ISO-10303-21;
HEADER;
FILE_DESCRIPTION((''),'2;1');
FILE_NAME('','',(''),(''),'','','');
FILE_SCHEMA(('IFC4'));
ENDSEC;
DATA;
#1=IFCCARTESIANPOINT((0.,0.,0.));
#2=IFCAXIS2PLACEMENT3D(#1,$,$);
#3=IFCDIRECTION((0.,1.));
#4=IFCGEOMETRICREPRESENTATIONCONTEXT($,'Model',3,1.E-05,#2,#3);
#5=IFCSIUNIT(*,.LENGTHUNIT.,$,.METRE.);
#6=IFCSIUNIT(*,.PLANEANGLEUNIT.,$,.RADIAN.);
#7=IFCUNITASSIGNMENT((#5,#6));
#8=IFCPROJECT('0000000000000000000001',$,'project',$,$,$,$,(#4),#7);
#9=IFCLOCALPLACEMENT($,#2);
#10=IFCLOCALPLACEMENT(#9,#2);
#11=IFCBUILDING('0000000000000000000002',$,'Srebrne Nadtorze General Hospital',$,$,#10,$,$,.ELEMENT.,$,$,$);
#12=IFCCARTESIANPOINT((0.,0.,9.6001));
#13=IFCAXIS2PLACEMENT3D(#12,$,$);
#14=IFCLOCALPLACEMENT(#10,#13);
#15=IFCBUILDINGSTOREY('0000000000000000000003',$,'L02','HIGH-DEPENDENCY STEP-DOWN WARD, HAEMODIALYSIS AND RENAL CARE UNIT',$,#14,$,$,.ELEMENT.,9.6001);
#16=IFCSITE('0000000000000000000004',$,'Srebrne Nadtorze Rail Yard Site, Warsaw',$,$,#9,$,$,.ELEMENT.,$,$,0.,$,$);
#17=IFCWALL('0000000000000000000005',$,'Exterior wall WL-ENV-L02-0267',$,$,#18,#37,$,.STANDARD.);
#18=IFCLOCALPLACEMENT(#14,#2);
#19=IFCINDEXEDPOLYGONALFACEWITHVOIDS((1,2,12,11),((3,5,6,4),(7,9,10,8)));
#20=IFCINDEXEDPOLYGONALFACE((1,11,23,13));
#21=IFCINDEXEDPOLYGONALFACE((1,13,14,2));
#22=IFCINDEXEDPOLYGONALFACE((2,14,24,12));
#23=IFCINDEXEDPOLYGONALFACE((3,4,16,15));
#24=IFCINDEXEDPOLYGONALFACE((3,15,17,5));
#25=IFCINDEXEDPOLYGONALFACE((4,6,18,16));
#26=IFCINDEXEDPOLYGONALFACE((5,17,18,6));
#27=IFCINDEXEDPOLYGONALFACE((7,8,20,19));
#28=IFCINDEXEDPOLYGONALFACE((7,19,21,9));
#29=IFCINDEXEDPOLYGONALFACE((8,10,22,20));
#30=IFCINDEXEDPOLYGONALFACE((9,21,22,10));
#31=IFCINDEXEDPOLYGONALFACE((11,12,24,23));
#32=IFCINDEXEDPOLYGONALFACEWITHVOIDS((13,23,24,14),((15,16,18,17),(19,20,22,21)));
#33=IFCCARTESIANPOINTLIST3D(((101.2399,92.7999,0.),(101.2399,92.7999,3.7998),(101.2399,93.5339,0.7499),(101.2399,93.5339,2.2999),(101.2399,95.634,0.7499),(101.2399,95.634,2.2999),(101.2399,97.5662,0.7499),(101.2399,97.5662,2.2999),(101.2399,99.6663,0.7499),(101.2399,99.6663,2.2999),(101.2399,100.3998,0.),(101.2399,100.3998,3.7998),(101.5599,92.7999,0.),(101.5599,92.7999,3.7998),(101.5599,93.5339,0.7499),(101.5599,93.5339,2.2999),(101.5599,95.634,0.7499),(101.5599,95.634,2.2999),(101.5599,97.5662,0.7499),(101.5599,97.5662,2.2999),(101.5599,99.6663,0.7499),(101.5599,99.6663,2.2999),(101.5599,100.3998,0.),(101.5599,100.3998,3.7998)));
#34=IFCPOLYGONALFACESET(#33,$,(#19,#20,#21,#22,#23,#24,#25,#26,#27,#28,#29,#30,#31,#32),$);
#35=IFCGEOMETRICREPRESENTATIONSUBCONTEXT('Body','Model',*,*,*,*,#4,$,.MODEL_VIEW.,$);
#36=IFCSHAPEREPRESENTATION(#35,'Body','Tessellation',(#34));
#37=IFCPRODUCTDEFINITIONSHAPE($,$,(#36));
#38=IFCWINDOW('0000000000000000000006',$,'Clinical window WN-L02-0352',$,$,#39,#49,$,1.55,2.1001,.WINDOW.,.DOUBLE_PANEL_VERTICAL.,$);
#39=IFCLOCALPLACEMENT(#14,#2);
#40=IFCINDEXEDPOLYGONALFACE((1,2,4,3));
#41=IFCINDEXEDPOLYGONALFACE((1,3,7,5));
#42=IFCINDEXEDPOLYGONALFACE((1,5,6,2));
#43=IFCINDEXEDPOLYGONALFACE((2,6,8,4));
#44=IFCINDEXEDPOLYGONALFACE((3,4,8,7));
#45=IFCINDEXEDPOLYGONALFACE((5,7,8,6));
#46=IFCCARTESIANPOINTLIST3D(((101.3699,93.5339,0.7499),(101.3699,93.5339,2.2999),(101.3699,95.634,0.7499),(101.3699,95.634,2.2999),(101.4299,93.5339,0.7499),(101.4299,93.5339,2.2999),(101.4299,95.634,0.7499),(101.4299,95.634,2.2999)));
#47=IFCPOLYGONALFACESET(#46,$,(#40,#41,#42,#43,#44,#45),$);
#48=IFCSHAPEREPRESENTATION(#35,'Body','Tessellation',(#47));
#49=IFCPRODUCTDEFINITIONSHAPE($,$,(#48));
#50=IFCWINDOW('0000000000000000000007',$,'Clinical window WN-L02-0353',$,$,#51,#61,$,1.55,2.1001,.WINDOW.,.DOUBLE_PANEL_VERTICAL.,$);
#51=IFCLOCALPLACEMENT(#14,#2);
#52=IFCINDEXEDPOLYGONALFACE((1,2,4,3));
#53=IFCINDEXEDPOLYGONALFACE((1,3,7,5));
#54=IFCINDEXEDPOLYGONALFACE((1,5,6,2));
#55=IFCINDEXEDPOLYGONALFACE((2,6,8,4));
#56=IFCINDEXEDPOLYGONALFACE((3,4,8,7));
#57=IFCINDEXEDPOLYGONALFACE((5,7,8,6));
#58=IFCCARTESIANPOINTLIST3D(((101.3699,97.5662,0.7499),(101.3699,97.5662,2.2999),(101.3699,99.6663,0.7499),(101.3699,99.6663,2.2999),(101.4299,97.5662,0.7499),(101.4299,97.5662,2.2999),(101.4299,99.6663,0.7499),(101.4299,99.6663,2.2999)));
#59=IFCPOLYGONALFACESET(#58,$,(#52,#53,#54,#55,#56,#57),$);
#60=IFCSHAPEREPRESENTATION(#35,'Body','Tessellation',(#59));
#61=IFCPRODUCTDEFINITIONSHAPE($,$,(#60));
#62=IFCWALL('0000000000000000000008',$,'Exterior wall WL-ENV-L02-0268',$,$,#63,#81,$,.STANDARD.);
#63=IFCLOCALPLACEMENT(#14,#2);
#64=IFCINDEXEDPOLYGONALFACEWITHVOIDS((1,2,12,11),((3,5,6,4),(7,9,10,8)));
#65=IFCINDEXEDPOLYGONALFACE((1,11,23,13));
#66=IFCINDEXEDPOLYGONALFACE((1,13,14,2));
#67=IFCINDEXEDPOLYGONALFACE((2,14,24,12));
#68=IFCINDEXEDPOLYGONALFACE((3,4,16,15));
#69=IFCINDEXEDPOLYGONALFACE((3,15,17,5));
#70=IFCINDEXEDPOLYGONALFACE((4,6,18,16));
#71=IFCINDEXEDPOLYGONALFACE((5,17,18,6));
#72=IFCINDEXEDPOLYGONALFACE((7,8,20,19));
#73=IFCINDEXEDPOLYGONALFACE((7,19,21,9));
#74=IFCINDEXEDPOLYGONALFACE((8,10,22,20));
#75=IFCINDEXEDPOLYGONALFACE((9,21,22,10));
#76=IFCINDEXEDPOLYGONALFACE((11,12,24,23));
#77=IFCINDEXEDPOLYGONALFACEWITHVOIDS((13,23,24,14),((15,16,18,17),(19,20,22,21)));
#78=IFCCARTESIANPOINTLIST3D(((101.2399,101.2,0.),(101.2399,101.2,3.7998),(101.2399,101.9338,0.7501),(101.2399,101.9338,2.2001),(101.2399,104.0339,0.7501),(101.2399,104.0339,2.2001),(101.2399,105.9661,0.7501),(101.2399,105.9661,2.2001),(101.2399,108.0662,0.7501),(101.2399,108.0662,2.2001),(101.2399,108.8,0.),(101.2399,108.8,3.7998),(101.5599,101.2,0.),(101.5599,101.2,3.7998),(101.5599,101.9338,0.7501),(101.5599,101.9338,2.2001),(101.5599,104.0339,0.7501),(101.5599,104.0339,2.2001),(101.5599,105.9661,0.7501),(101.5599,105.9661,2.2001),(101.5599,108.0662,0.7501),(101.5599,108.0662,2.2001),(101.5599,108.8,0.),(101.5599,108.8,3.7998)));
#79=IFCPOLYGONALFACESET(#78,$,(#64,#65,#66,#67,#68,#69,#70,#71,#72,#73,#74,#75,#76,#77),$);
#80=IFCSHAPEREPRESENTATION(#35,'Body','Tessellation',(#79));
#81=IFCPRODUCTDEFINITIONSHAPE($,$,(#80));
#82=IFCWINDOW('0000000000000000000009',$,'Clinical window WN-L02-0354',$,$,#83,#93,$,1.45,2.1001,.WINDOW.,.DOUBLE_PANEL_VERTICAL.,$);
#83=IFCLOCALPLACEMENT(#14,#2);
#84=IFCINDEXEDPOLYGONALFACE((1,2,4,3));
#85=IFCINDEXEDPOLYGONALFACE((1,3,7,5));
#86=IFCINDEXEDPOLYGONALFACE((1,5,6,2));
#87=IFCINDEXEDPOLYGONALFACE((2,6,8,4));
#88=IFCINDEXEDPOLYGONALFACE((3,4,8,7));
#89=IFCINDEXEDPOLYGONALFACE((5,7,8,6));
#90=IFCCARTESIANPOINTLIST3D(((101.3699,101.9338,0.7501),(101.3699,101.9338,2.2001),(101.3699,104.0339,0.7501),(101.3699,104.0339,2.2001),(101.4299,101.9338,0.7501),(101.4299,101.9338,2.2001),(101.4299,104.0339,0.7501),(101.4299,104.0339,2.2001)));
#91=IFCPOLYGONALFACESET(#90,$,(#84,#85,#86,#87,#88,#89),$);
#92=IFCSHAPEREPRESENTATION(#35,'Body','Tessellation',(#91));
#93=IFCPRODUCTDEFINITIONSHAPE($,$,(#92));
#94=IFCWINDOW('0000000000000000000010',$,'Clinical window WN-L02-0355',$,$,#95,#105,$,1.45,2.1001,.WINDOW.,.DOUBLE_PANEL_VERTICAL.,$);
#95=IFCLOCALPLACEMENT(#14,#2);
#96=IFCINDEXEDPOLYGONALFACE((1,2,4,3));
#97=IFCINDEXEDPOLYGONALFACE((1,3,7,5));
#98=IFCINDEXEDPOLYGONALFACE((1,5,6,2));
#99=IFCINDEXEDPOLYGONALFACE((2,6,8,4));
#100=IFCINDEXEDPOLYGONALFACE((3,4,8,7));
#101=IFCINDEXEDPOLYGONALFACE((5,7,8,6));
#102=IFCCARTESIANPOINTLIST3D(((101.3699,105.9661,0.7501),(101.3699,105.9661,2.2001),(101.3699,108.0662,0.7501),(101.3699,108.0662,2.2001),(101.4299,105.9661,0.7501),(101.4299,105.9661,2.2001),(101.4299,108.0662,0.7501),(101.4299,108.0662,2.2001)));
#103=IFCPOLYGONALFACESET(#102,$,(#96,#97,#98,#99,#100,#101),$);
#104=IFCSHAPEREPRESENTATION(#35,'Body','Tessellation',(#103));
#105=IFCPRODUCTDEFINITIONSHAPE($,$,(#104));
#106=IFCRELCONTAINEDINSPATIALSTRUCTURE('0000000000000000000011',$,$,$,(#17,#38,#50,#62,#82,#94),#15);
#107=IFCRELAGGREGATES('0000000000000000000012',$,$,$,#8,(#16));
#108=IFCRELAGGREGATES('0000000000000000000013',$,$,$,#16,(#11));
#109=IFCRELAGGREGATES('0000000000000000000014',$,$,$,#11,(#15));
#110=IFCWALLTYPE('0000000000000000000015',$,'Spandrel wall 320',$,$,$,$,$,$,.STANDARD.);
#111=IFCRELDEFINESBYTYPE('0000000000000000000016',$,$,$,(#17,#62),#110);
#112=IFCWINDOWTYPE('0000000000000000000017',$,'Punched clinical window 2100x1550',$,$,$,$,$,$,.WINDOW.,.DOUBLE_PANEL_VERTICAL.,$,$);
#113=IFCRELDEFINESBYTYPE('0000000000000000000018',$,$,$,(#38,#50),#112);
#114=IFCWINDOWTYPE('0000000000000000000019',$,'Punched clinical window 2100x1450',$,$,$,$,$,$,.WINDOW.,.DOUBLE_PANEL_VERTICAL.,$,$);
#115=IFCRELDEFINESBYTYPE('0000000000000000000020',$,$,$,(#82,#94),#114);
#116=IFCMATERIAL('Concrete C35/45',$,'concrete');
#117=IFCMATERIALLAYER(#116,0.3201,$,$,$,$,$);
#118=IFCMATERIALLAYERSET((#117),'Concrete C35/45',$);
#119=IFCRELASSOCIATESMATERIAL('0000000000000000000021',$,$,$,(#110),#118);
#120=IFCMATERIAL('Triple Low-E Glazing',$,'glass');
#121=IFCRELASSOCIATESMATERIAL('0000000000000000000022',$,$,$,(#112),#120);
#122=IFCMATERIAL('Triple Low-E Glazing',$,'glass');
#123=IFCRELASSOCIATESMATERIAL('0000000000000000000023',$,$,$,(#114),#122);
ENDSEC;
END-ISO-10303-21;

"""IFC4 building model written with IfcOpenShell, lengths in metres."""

from ifc_helpers import new_model, si_unit, direction, frame, frame_2d, origin, place, context, subcontext, project, spatial, rectangle, extrude, material, layer, layer_set, type_object, element, fill, save


model = new_model("IFC4")

# Units and contexts
model_context = context("Model", 3, precision=1e-05, world=origin(), true_north=direction((0.0, 1.0)))
body_context = subcontext(model_context, "Body", "Model", "MODEL_VIEW")
ifc_project = project(units=[si_unit("LENGTHUNIT", "METRE"), si_unit("PLANEANGLEUNIT", "RADIAN")], contexts=[model_context])

# Site, building, storey
site_placement = place(None, origin())
site = spatial("IfcSite", under=ifc_project, at=site_placement, Name="Srebrne Nadtorze Rail Yard Site, Warsaw", CompositionType="ELEMENT", RefElevation=0.0)
building_placement = place(site_placement, origin())
building = spatial("IfcBuilding", under=site, at=building_placement, Name="Srebrne Nadtorze General Hospital", CompositionType="ELEMENT")
storey_placement = place(building_placement, frame((0.0, 0.0, 9.6001)))
storey = spatial("IfcBuildingStorey", under=building, at=storey_placement, Name="L02", Description="HIGH-DEPENDENCY STEP-DOWN WARD, HAEMODIALYSIS AND RENAL CARE UNIT", CompositionType="ELEMENT", Elevation=9.6001)

# Walls, openings, windows
ifc_material_1 = material(Name="Concrete C35/45", Category="concrete")
ifc_layer_1 = layer(ifc_material_1, 0.3201)
ifc_layer_set_1 = layer_set([ifc_layer_1], Name="Concrete C35/45")
wall_type_1 = type_object("IfcWallType", Name="Spandrel wall 320", PredefinedType="STANDARD", material=ifc_layer_set_1)
wall_1_placement = place(storey_placement, frame((101.3999, 92.8, 0.0), z_axis=(0.0, 0.0, 1.0), x_axis=(0.0, 1.0, 0.0)))
wall_1 = element("IfcWall", 1, at=wall_1_placement, inside=storey, type_object=wall_type_1, Name="Exterior wall WL-ENV-L02-0267", PredefinedType="STANDARD", context=body_context, shape_type="SweptSolid", body=[
    extrude(rectangle(XDim=7.5999, YDim=0.3201, at=frame_2d((3.7998, 0.0))), origin(), (0.0, 0.0, 1.0), 3.7998),
])
opening_1_placement = place(wall_1_placement, frame((0.7339, 0.0, 0.75)))
opening_1 = element("IfcOpeningElement", 2, at=opening_1_placement, cuts=wall_1, PredefinedType="OPENING", context=body_context, shape_type="SweptSolid", body=[
    extrude(rectangle(XDim=2.1001, YDim=1.55, at=frame_2d((1.05, 0.7749))), frame((0.0, 0.1719, 0.0), z_axis=(0.0, -1.0, 0.0), x_axis=(1.0, 0.0, 0.0)), (0.0, 0.0, 1.0), 0.344),
])
opening_2_placement = place(wall_1_placement, frame((4.7661, 0.0, 0.75)))
opening_2 = element("IfcOpeningElement", 3, at=opening_2_placement, cuts=wall_1, PredefinedType="OPENING", context=body_context, shape_type="SweptSolid", body=[
    extrude(rectangle(XDim=2.1001, YDim=1.55, at=frame_2d((1.05, 0.7749))), frame((0.0, 0.1719, 0.0), z_axis=(0.0, -1.0, 0.0), x_axis=(1.0, 0.0, 0.0)), (0.0, 0.0, 1.0), 0.344),
])
ifc_material_2 = material(Name="Triple Low-E Glazing", Category="glass")
window_type_1 = type_object("IfcWindowType", Name="Punched clinical window 2100x1550", PartitioningType="DOUBLE_PANEL_VERTICAL", PredefinedType="WINDOW", material=ifc_material_2)
window_1_placement = place(opening_1_placement, origin())
window_1 = element("IfcWindow", 4, at=window_1_placement, inside=storey, type_object=window_type_1, Name="Clinical window WN-L02-0352", OverallHeight=1.55, OverallWidth=2.1001, PartitioningType="DOUBLE_PANEL_VERTICAL", PredefinedType="WINDOW", context=body_context, shape_type="SweptSolid", body=[
    extrude(rectangle(XDim=2.1001, YDim=1.55, at=frame_2d((1.05, 0.7749))), frame((0.0, 0.03, 0.0), z_axis=(0.0, -1.0, 0.0), x_axis=(1.0, 0.0, 0.0)), (0.0, 0.0, 1.0), 0.0601),
])
fill(opening_1, window_1)
window_2_placement = place(opening_2_placement, origin())
window_2 = element("IfcWindow", 5, at=window_2_placement, inside=storey, type_object=window_type_1, Name="Clinical window WN-L02-0353", OverallHeight=1.55, OverallWidth=2.1001, PartitioningType="DOUBLE_PANEL_VERTICAL", PredefinedType="WINDOW", context=body_context, shape_type="SweptSolid", body=[
    extrude(rectangle(XDim=2.1001, YDim=1.55, at=frame_2d((1.05, 0.7749))), frame((0.0, 0.03, 0.0), z_axis=(0.0, -1.0, 0.0), x_axis=(1.0, 0.0, 0.0)), (0.0, 0.0, 1.0), 0.0601),
])
fill(opening_2, window_2)
wall_2_placement = place(storey_placement, frame((101.3999, 101.2, 0.0), z_axis=(0.0, 0.0, 1.0), x_axis=(0.0, 1.0, 0.0)))
wall_2 = element("IfcWall", 6, at=wall_2_placement, inside=storey, type_object=wall_type_1, Name="Exterior wall WL-ENV-L02-0268", PredefinedType="STANDARD", context=body_context, shape_type="SweptSolid", body=[
    extrude(rectangle(XDim=7.6001, YDim=0.3201, at=frame_2d((3.8, 0.0))), origin(), (0.0, 0.0, 1.0), 3.7998),
])
opening_3_placement = place(wall_2_placement, frame((0.7339, 0.0, 0.75)))
opening_3 = element("IfcOpeningElement", 7, at=opening_3_placement, cuts=wall_2, PredefinedType="OPENING", context=body_context, shape_type="SweptSolid", body=[
    extrude(rectangle(XDim=2.1001, YDim=1.45, at=frame_2d((1.05, 0.7251))), frame((0.0, 0.1719, 0.0), z_axis=(0.0, -1.0, 0.0), x_axis=(1.0, 0.0, 0.0)), (0.0, 0.0, 1.0), 0.344),
])
opening_4_placement = place(wall_2_placement, frame((4.7661, 0.0, 0.75)))
opening_4 = element("IfcOpeningElement", 8, at=opening_4_placement, cuts=wall_2, PredefinedType="OPENING", context=body_context, shape_type="SweptSolid", body=[
    extrude(rectangle(XDim=2.1001, YDim=1.45, at=frame_2d((1.05, 0.7251))), frame((0.0, 0.1719, 0.0), z_axis=(0.0, -1.0, 0.0), x_axis=(1.0, 0.0, 0.0)), (0.0, 0.0, 1.0), 0.344),
])
ifc_material_3 = material(Name="Triple Low-E Glazing", Category="glass")
window_type_2 = type_object("IfcWindowType", Name="Punched clinical window 2100x1450", PartitioningType="DOUBLE_PANEL_VERTICAL", PredefinedType="WINDOW", material=ifc_material_3)
window_3_placement = place(opening_3_placement, origin())
window_3 = element("IfcWindow", 9, at=window_3_placement, inside=storey, type_object=window_type_2, Name="Clinical window WN-L02-0354", OverallHeight=1.45, OverallWidth=2.1001, PartitioningType="DOUBLE_PANEL_VERTICAL", PredefinedType="WINDOW", context=body_context, shape_type="SweptSolid", body=[
    extrude(rectangle(XDim=2.1001, YDim=1.45, at=frame_2d((1.05, 0.7251))), frame((0.0, 0.03, 0.0), z_axis=(0.0, -1.0, 0.0), x_axis=(1.0, 0.0, 0.0)), (0.0, 0.0, 1.0), 0.0601),
])
fill(opening_3, window_3)
window_4_placement = place(opening_4_placement, origin())
window_4 = element("IfcWindow", 10, at=window_4_placement, inside=storey, type_object=window_type_2, Name="Clinical window WN-L02-0355", OverallHeight=1.45, OverallWidth=2.1001, PartitioningType="DOUBLE_PANEL_VERTICAL", PredefinedType="WINDOW", context=body_context, shape_type="SweptSolid", body=[
    extrude(rectangle(XDim=2.1001, YDim=1.45, at=frame_2d((1.05, 0.7251))), frame((0.0, 0.03, 0.0), z_axis=(0.0, -1.0, 0.0), x_axis=(1.0, 0.0, 0.0)), (0.0, 0.0, 1.0), 0.0601),
])
fill(opening_4, window_4)

save(model, "model.ifc")
